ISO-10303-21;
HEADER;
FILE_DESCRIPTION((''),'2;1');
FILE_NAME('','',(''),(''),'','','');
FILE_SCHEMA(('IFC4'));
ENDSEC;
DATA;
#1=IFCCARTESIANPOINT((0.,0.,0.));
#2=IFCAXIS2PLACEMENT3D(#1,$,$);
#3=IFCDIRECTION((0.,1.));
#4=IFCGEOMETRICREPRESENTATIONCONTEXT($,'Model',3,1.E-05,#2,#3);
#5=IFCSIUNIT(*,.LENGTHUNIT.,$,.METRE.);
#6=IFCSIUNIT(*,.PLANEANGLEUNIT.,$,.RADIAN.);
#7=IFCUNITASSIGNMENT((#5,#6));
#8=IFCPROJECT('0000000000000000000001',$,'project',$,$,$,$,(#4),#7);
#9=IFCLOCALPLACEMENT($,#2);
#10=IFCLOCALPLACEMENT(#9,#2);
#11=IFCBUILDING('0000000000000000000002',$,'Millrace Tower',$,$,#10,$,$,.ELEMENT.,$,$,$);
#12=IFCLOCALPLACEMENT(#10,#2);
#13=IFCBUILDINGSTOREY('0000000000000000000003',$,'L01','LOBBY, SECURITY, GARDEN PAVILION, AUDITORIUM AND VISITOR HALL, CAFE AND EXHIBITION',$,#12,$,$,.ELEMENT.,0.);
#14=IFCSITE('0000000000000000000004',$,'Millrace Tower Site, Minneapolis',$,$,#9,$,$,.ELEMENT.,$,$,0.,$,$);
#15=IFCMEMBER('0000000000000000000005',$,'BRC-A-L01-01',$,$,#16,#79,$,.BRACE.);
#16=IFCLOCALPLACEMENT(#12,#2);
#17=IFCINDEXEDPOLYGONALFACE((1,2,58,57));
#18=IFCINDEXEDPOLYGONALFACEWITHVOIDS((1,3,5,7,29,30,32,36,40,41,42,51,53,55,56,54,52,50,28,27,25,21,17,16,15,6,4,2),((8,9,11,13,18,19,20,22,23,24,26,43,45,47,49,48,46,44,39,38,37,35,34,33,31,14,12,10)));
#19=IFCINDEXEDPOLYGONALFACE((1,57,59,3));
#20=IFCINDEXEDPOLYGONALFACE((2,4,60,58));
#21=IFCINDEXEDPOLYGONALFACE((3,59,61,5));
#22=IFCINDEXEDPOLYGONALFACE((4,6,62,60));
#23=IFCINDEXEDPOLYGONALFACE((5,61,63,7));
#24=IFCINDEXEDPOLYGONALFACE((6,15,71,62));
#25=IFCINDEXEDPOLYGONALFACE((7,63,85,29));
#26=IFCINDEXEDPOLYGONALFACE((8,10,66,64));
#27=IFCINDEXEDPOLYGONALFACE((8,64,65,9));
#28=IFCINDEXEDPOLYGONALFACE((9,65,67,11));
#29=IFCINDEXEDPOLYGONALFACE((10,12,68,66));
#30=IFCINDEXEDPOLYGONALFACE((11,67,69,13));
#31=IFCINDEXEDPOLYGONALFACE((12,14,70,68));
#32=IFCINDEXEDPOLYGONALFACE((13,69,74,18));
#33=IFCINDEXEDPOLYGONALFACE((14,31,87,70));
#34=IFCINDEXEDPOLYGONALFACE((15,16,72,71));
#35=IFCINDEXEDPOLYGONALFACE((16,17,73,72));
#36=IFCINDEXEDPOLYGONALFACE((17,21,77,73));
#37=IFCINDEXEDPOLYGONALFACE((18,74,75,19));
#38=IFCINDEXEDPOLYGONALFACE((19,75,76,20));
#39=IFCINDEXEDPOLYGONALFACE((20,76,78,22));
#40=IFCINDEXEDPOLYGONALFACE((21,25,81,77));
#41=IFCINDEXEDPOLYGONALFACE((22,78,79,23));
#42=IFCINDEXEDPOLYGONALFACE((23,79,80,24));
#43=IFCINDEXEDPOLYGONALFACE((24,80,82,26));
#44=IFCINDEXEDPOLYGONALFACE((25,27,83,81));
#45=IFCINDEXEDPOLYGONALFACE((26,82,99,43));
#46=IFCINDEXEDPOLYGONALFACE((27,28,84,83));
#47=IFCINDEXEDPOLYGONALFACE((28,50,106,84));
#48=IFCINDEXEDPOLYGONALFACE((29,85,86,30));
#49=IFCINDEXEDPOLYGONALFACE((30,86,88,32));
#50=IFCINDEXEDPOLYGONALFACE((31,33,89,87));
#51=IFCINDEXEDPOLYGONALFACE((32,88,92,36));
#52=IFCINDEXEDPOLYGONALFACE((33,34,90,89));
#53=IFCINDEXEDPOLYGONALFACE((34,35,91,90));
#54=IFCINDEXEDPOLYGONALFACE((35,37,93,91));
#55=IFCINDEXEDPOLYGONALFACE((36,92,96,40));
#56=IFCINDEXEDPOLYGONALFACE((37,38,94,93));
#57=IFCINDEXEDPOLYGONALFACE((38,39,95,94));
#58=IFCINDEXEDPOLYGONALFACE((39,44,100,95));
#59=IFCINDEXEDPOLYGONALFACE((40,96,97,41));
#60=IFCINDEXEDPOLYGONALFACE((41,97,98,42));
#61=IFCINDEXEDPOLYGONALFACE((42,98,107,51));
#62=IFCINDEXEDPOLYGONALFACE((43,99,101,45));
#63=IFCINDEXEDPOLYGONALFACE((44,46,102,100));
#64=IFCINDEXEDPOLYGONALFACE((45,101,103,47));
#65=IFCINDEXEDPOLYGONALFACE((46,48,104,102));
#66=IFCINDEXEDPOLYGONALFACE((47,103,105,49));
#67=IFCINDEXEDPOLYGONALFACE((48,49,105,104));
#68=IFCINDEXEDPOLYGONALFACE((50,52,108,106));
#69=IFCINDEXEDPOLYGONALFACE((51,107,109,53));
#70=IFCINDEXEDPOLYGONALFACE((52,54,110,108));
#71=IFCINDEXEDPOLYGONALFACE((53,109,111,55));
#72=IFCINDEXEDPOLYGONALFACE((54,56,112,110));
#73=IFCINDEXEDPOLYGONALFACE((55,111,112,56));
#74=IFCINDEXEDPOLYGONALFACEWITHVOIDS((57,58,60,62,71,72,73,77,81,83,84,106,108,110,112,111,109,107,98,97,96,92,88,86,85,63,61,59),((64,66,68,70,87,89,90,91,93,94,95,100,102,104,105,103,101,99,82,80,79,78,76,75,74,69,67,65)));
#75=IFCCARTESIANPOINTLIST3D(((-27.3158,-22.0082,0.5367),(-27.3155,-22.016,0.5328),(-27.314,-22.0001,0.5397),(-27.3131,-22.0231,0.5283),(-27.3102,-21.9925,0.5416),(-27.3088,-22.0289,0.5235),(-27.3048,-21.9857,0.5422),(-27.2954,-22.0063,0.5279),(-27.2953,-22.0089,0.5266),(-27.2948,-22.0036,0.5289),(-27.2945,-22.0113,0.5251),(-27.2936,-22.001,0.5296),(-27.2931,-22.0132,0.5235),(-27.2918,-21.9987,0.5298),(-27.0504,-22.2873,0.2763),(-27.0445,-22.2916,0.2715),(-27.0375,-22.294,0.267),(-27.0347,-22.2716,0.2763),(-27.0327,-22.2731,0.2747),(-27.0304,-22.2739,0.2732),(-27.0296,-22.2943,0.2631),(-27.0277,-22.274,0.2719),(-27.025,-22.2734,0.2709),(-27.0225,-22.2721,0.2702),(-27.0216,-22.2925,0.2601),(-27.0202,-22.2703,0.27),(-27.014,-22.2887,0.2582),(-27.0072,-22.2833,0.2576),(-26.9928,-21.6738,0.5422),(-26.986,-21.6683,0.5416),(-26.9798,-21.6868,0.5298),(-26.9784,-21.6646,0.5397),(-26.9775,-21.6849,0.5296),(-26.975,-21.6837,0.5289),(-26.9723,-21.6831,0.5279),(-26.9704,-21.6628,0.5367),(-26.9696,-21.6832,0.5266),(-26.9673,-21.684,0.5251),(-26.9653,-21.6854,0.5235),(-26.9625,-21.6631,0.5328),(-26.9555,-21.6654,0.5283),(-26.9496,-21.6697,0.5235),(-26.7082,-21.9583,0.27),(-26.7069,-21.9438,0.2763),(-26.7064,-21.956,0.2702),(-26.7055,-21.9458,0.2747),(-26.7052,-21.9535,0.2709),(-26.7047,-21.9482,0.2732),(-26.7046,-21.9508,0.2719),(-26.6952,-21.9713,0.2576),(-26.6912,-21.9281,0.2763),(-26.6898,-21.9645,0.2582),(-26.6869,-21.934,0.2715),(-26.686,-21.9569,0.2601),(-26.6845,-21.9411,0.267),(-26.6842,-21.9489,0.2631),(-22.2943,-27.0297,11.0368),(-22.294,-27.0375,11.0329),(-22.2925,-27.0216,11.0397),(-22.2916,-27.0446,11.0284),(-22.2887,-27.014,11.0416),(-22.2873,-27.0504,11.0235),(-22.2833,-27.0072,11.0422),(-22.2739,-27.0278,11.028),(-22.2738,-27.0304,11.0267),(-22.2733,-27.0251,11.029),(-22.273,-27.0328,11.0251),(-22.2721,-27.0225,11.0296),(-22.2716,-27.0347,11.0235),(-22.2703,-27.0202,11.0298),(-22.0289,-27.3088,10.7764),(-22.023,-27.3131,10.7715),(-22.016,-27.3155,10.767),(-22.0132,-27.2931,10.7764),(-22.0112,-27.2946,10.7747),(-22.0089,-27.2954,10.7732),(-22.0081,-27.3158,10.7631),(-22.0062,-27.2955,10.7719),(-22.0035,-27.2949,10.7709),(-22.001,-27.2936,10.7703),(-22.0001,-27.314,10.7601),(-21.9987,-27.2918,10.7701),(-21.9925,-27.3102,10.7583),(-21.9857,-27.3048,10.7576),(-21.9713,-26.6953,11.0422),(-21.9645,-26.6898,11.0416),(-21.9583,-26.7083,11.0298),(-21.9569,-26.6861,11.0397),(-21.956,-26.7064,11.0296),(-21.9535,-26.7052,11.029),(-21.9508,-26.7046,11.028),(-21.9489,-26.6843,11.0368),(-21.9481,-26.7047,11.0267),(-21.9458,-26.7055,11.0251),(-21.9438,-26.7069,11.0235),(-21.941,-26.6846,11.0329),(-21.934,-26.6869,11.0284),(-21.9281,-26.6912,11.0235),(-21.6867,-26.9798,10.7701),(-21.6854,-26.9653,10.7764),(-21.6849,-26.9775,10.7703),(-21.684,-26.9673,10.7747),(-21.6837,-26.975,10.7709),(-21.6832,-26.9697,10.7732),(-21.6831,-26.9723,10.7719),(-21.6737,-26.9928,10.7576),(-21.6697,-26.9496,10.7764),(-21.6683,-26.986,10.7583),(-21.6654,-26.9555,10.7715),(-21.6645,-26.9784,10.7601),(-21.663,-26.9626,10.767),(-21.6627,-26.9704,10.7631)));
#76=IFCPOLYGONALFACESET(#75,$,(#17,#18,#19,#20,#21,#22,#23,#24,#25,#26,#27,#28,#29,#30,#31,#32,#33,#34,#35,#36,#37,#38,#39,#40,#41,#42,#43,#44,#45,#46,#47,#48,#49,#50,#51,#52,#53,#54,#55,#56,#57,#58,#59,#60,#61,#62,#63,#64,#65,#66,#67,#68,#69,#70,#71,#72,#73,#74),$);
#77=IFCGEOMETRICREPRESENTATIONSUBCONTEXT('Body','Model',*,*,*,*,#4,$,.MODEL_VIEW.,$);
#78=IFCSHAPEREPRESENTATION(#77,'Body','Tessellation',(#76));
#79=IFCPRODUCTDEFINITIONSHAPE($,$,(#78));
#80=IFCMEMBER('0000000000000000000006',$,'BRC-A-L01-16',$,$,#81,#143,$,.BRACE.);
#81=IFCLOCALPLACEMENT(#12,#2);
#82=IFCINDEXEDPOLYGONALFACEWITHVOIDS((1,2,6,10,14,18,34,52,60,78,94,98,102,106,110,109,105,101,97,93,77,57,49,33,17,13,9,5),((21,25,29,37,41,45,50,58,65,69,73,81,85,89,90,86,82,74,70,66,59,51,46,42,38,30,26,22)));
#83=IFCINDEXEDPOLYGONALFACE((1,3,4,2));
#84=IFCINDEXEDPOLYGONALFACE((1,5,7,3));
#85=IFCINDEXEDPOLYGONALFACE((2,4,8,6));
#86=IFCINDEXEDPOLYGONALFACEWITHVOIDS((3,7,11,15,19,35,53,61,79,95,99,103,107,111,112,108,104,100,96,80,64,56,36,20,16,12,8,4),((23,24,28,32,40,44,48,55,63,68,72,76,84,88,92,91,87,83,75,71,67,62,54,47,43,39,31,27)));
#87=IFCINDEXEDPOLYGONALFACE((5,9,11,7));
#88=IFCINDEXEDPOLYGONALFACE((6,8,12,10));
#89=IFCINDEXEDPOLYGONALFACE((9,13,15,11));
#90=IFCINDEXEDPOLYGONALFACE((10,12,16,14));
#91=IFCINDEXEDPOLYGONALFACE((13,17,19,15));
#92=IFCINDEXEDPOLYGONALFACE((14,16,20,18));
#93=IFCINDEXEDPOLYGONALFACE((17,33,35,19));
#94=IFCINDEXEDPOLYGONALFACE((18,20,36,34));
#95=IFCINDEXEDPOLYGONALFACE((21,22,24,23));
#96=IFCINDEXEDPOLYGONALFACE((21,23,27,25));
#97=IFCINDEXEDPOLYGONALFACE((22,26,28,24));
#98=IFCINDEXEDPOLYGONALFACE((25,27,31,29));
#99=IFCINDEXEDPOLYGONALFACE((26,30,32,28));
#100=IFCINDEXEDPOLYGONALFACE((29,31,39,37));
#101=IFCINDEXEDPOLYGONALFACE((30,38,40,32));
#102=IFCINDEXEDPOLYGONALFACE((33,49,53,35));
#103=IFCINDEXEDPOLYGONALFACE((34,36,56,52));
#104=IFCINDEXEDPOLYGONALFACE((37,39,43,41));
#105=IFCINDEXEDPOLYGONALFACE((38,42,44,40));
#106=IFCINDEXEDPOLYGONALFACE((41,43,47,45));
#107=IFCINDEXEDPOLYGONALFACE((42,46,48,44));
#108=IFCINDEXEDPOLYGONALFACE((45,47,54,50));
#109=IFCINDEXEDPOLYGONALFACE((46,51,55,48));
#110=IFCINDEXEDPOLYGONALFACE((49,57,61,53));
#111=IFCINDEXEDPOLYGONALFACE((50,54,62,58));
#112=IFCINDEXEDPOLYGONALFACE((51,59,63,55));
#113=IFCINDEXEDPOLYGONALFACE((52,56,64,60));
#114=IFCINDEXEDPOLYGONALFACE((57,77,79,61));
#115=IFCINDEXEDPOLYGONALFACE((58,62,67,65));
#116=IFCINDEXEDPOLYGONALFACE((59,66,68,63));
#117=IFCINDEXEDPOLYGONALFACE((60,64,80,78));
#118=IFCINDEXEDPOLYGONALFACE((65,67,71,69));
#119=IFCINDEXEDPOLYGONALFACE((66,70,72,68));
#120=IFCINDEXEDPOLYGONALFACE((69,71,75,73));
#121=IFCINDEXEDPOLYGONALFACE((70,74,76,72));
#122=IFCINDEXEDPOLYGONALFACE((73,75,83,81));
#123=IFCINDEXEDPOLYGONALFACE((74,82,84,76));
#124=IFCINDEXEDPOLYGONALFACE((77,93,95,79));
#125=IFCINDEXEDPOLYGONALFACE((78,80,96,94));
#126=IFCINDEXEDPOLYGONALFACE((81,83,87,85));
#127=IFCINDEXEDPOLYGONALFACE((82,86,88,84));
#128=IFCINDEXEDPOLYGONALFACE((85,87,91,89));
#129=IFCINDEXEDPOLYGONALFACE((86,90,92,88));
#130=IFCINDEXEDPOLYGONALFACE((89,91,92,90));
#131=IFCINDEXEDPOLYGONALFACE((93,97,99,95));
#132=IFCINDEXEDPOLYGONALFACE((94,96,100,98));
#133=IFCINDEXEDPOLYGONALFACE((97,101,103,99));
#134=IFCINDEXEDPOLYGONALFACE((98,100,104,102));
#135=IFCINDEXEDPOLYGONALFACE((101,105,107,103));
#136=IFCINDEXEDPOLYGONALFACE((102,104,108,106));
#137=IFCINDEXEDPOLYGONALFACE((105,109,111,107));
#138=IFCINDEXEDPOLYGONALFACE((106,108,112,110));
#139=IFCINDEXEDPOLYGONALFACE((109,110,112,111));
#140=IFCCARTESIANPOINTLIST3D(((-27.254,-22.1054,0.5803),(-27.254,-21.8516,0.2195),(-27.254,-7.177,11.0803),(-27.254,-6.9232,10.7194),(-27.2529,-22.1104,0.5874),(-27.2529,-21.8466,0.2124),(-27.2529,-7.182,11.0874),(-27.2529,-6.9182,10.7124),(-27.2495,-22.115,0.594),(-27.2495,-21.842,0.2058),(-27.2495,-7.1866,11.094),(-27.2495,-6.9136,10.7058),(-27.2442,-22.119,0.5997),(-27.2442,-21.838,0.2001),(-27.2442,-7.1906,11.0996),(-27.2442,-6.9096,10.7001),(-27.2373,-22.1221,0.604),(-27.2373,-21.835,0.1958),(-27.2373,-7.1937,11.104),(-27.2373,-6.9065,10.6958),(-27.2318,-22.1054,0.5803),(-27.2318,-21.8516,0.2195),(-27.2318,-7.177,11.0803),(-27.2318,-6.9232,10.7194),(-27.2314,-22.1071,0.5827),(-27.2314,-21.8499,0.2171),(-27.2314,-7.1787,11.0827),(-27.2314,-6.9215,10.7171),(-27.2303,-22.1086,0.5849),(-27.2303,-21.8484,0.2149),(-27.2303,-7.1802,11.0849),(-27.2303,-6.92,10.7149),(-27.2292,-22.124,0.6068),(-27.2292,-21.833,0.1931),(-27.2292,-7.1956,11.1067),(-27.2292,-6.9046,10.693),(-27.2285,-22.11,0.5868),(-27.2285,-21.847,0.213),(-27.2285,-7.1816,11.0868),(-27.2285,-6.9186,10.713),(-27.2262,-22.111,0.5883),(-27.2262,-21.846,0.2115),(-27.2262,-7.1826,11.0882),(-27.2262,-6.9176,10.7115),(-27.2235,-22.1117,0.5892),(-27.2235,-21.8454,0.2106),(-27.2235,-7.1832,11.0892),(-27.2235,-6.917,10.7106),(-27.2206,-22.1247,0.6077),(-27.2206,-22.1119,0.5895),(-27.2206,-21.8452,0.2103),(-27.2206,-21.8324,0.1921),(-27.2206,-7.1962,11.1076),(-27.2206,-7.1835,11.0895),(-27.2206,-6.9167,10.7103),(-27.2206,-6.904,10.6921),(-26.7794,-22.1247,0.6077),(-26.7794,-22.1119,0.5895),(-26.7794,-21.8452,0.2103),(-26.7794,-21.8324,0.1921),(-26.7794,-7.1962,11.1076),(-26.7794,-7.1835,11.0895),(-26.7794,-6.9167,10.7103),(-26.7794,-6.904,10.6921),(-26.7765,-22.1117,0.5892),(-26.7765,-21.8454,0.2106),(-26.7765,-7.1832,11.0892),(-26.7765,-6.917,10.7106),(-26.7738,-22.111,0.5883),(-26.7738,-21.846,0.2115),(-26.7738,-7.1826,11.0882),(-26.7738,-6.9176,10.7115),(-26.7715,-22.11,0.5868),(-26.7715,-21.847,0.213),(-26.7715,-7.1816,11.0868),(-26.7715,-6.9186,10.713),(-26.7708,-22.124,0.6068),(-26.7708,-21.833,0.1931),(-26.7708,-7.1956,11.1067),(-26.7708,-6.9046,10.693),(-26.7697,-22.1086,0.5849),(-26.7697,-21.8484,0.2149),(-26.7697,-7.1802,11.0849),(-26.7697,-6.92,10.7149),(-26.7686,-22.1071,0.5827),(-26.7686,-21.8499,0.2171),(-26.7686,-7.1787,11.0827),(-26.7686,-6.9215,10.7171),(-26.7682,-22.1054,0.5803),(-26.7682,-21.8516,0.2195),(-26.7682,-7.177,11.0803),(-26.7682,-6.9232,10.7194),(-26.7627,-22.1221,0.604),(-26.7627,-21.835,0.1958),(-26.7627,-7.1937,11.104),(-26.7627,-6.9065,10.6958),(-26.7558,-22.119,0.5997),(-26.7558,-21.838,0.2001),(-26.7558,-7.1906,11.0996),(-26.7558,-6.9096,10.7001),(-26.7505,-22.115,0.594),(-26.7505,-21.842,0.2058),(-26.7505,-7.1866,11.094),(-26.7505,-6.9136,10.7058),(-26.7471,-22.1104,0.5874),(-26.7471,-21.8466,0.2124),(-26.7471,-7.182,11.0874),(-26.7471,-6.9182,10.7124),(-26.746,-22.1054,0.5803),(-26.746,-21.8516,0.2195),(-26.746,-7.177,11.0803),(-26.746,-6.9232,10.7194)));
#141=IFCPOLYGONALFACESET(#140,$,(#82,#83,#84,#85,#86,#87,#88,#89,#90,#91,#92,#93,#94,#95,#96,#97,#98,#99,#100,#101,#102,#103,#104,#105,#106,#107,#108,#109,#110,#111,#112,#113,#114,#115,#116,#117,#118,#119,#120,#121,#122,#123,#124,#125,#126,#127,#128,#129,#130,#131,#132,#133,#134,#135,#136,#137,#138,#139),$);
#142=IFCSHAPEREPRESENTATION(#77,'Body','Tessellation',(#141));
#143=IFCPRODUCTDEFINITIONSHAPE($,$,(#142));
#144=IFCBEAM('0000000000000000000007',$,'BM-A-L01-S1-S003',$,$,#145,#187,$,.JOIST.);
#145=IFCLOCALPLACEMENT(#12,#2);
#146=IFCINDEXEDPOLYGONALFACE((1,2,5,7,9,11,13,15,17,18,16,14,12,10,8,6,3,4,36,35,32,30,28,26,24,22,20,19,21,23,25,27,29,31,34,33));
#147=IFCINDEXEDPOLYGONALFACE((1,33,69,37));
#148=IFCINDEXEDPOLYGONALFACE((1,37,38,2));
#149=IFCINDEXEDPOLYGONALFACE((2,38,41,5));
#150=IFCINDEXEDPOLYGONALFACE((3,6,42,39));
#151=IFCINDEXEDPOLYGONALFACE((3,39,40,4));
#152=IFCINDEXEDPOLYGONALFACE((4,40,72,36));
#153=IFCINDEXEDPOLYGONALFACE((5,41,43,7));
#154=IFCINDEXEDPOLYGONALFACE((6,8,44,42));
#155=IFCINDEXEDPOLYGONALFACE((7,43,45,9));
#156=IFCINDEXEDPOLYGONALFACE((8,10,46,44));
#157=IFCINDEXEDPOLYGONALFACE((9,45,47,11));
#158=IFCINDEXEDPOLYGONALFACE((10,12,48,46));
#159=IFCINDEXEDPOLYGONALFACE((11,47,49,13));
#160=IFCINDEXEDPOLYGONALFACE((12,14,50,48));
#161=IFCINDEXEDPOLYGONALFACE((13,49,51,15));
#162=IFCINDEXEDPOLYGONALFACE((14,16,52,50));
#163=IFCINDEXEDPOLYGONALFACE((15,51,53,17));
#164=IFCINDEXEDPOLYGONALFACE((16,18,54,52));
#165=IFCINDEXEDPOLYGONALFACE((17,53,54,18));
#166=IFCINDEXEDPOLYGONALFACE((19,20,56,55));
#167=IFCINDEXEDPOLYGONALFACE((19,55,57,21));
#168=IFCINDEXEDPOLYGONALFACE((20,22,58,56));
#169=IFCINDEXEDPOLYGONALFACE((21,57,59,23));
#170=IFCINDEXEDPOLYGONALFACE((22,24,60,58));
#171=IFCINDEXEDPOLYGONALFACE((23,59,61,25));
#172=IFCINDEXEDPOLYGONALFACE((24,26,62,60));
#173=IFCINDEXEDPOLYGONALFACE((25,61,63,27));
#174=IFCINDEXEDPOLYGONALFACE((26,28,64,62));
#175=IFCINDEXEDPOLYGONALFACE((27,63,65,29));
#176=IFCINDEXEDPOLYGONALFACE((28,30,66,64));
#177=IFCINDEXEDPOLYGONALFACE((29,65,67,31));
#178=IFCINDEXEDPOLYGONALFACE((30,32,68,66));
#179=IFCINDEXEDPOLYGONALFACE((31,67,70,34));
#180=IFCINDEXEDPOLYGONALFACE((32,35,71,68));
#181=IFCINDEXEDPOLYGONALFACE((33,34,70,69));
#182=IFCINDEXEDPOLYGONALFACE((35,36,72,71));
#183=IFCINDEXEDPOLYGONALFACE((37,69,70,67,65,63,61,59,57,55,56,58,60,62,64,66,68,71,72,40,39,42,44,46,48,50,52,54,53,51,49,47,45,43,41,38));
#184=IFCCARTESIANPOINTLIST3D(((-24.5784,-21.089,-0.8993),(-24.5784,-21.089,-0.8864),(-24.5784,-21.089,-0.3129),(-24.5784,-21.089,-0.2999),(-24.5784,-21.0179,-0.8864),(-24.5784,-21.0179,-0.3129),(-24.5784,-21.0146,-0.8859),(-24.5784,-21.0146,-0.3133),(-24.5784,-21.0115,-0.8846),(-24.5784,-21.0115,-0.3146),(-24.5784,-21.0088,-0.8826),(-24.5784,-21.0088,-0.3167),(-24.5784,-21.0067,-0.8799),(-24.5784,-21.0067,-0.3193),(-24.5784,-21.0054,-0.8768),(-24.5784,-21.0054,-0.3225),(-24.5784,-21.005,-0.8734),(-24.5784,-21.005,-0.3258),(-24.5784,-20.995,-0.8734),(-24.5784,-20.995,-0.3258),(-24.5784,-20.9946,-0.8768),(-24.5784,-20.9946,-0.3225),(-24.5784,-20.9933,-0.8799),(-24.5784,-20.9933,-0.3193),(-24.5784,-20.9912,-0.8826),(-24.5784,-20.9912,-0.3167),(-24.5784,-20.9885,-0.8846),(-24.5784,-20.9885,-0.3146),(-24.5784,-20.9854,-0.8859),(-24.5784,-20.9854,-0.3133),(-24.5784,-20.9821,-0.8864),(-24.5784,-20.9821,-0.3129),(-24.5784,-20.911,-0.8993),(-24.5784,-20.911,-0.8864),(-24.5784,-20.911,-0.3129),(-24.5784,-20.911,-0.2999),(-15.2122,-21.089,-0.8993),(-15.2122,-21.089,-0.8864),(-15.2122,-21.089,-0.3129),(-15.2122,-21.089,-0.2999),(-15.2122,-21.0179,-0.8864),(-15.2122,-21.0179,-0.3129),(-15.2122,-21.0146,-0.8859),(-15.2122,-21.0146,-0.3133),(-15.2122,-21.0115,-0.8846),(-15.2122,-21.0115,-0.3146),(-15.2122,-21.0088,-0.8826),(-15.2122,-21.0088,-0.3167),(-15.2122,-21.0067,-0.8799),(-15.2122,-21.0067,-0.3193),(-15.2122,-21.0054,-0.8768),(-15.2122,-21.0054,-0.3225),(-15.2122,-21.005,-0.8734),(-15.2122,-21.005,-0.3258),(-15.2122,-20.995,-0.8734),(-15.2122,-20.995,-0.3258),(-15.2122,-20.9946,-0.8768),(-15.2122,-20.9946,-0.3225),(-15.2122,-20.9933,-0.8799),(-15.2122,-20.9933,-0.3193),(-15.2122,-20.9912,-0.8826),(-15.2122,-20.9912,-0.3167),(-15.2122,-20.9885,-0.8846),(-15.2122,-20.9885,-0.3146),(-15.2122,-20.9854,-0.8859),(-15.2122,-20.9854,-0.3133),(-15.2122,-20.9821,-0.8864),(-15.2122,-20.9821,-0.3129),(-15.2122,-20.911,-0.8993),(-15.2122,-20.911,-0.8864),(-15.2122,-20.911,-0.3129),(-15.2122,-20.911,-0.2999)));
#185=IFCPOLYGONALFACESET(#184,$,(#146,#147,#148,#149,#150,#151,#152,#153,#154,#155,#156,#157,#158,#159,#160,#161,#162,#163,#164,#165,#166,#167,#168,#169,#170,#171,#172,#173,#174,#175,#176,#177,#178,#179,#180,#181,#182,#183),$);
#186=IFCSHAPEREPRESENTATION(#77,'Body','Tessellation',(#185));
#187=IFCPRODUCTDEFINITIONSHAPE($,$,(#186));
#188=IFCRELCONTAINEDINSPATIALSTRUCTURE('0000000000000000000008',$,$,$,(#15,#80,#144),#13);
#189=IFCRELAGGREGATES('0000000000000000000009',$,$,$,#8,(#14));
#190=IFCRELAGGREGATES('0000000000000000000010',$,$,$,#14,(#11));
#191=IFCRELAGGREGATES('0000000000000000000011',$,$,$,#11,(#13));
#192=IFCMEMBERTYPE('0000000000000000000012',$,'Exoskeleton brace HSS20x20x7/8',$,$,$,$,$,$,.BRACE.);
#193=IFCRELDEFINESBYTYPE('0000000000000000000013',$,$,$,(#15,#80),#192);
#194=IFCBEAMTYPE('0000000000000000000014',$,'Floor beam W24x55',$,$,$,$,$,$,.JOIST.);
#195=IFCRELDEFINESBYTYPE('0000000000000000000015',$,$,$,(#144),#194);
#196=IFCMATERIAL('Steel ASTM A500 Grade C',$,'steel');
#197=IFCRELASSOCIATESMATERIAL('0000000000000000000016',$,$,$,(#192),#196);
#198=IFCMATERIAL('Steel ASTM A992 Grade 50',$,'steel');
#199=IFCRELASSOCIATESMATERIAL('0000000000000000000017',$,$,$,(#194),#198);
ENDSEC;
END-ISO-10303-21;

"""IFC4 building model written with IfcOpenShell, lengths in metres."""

from ifc_helpers import new_model, si_unit, direction, frame, origin, origin_2d, place, context, subcontext, project, spatial, hollow_rectangle, i_section, extrude, material, material_profile, profile_set, type_object, element, save


model = new_model("IFC4")

# Units and contexts
model_context = context("Model", 3, precision=1e-05, world=origin(), true_north=direction((0.0, 1.0)))
body_context = subcontext(model_context, "Body", "Model", "MODEL_VIEW")
ifc_project = project(units=[si_unit("LENGTHUNIT", "METRE"), si_unit("PLANEANGLEUNIT", "RADIAN")], contexts=[model_context])

# Site, building, storey
site_placement = place(None, origin())
site = spatial("IfcSite", under=ifc_project, at=site_placement, Name="Millrace Tower Site, Minneapolis", CompositionType="ELEMENT", RefElevation=0.0)
building_placement = place(site_placement, origin())
building = spatial("IfcBuilding", under=site, at=building_placement, Name="Millrace Tower", CompositionType="ELEMENT")
storey_placement = place(building_placement, origin())
storey = spatial("IfcBuildingStorey", under=building, at=storey_placement, Name="L01", Description="LOBBY, SECURITY, GARDEN PAVILION, AUDITORIUM AND VISITOR HALL, CAFE AND EXHIBITION", CompositionType="ELEMENT", Elevation=0.0)

# Members
ifc_material_1 = material(Name="Steel ASTM A500 Grade C", Category="steel")
ifc_material_profile_1 = material_profile(ifc_material_1, hollow_rectangle(XDim=0.5081, YDim=0.5081, WallThickness=0.0222, InnerFilletRadius=0.0112, OuterFilletRadius=0.0334, at=origin_2d()))
ifc_profile_set_1 = profile_set([ifc_material_profile_1], Name="Steel ASTM A500 Grade C")
member_type_1 = type_object("IfcMemberType", Name="Exoskeleton brace HSS20x20x7/8", PredefinedType="BRACE", material=ifc_profile_set_1)
member_1_placement = place(storey_placement, frame((-27.0, -21.9785, 0.3999), z_axis=(0.396142, -0.396142, 0.828338), x_axis=(0.707107, 0.707107, 0.0)))
element("IfcMember", 1, at=member_1_placement, inside=storey, type_object=member_type_1, Name="BRC-A-L01-01", PredefinedType="BRACE", context=body_context, shape_type="SweptSolid", body=[
    extrude(hollow_rectangle(XDim=0.5081, YDim=0.5081, WallThickness=0.0222, InnerFilletRadius=0.0112, OuterFilletRadius=0.0334, at=origin_2d()), origin(), (0.0, 0.0, 1.0), 12.676),
])
member_2_placement = place(storey_placement, frame((-27.0, -21.9785, 0.3999), z_axis=(0.0, 0.817941, 0.575302), x_axis=(-1.0, 0.0, 0.0)))
element("IfcMember", 2, at=member_2_placement, inside=storey, type_object=member_type_1, Name="BRC-A-L01-16", PredefinedType="BRACE", context=body_context, shape_type="SweptSolid", body=[
    extrude(hollow_rectangle(XDim=0.5081, YDim=0.5081, WallThickness=0.0222, InnerFilletRadius=0.0112, OuterFilletRadius=0.0334, at=origin_2d()), origin(), (0.0, 0.0, 1.0), 18.2512),
])

# Beam
ifc_material_2 = material(Name="Steel ASTM A992 Grade 50", Category="steel")
ifc_material_profile_2 = material_profile(ifc_material_2, i_section(OverallWidth=0.178, OverallDepth=0.5994, WebThickness=0.01, FlangeThickness=0.0129, FilletRadius=0.0129, at=origin_2d()))
ifc_profile_set_2 = profile_set([ifc_material_profile_2], Name="Steel ASTM A992 Grade 50")
beam_type_1 = type_object("IfcBeamType", Name="Floor beam W24x55", PredefinedType="JOIST", material=ifc_profile_set_2)
beam_1_placement = place(storey_placement, frame((-24.5784, -21.0, -0.5996), z_axis=(1.0, 0.0, 0.0), x_axis=(0.0, 1.0, 0.0)))
element("IfcBeam", 3, at=beam_1_placement, inside=storey, type_object=beam_type_1, Name="BM-A-L01-S1-S003", PredefinedType="JOIST", context=body_context, shape_type="SweptSolid", body=[
    extrude(i_section(OverallWidth=0.178, OverallDepth=0.5994, WebThickness=0.01, FlangeThickness=0.0129, FilletRadius=0.0129, at=origin_2d()), origin(), (0.0, 0.0, 1.0), 9.3662),
])

save(model, "model.ifc")
